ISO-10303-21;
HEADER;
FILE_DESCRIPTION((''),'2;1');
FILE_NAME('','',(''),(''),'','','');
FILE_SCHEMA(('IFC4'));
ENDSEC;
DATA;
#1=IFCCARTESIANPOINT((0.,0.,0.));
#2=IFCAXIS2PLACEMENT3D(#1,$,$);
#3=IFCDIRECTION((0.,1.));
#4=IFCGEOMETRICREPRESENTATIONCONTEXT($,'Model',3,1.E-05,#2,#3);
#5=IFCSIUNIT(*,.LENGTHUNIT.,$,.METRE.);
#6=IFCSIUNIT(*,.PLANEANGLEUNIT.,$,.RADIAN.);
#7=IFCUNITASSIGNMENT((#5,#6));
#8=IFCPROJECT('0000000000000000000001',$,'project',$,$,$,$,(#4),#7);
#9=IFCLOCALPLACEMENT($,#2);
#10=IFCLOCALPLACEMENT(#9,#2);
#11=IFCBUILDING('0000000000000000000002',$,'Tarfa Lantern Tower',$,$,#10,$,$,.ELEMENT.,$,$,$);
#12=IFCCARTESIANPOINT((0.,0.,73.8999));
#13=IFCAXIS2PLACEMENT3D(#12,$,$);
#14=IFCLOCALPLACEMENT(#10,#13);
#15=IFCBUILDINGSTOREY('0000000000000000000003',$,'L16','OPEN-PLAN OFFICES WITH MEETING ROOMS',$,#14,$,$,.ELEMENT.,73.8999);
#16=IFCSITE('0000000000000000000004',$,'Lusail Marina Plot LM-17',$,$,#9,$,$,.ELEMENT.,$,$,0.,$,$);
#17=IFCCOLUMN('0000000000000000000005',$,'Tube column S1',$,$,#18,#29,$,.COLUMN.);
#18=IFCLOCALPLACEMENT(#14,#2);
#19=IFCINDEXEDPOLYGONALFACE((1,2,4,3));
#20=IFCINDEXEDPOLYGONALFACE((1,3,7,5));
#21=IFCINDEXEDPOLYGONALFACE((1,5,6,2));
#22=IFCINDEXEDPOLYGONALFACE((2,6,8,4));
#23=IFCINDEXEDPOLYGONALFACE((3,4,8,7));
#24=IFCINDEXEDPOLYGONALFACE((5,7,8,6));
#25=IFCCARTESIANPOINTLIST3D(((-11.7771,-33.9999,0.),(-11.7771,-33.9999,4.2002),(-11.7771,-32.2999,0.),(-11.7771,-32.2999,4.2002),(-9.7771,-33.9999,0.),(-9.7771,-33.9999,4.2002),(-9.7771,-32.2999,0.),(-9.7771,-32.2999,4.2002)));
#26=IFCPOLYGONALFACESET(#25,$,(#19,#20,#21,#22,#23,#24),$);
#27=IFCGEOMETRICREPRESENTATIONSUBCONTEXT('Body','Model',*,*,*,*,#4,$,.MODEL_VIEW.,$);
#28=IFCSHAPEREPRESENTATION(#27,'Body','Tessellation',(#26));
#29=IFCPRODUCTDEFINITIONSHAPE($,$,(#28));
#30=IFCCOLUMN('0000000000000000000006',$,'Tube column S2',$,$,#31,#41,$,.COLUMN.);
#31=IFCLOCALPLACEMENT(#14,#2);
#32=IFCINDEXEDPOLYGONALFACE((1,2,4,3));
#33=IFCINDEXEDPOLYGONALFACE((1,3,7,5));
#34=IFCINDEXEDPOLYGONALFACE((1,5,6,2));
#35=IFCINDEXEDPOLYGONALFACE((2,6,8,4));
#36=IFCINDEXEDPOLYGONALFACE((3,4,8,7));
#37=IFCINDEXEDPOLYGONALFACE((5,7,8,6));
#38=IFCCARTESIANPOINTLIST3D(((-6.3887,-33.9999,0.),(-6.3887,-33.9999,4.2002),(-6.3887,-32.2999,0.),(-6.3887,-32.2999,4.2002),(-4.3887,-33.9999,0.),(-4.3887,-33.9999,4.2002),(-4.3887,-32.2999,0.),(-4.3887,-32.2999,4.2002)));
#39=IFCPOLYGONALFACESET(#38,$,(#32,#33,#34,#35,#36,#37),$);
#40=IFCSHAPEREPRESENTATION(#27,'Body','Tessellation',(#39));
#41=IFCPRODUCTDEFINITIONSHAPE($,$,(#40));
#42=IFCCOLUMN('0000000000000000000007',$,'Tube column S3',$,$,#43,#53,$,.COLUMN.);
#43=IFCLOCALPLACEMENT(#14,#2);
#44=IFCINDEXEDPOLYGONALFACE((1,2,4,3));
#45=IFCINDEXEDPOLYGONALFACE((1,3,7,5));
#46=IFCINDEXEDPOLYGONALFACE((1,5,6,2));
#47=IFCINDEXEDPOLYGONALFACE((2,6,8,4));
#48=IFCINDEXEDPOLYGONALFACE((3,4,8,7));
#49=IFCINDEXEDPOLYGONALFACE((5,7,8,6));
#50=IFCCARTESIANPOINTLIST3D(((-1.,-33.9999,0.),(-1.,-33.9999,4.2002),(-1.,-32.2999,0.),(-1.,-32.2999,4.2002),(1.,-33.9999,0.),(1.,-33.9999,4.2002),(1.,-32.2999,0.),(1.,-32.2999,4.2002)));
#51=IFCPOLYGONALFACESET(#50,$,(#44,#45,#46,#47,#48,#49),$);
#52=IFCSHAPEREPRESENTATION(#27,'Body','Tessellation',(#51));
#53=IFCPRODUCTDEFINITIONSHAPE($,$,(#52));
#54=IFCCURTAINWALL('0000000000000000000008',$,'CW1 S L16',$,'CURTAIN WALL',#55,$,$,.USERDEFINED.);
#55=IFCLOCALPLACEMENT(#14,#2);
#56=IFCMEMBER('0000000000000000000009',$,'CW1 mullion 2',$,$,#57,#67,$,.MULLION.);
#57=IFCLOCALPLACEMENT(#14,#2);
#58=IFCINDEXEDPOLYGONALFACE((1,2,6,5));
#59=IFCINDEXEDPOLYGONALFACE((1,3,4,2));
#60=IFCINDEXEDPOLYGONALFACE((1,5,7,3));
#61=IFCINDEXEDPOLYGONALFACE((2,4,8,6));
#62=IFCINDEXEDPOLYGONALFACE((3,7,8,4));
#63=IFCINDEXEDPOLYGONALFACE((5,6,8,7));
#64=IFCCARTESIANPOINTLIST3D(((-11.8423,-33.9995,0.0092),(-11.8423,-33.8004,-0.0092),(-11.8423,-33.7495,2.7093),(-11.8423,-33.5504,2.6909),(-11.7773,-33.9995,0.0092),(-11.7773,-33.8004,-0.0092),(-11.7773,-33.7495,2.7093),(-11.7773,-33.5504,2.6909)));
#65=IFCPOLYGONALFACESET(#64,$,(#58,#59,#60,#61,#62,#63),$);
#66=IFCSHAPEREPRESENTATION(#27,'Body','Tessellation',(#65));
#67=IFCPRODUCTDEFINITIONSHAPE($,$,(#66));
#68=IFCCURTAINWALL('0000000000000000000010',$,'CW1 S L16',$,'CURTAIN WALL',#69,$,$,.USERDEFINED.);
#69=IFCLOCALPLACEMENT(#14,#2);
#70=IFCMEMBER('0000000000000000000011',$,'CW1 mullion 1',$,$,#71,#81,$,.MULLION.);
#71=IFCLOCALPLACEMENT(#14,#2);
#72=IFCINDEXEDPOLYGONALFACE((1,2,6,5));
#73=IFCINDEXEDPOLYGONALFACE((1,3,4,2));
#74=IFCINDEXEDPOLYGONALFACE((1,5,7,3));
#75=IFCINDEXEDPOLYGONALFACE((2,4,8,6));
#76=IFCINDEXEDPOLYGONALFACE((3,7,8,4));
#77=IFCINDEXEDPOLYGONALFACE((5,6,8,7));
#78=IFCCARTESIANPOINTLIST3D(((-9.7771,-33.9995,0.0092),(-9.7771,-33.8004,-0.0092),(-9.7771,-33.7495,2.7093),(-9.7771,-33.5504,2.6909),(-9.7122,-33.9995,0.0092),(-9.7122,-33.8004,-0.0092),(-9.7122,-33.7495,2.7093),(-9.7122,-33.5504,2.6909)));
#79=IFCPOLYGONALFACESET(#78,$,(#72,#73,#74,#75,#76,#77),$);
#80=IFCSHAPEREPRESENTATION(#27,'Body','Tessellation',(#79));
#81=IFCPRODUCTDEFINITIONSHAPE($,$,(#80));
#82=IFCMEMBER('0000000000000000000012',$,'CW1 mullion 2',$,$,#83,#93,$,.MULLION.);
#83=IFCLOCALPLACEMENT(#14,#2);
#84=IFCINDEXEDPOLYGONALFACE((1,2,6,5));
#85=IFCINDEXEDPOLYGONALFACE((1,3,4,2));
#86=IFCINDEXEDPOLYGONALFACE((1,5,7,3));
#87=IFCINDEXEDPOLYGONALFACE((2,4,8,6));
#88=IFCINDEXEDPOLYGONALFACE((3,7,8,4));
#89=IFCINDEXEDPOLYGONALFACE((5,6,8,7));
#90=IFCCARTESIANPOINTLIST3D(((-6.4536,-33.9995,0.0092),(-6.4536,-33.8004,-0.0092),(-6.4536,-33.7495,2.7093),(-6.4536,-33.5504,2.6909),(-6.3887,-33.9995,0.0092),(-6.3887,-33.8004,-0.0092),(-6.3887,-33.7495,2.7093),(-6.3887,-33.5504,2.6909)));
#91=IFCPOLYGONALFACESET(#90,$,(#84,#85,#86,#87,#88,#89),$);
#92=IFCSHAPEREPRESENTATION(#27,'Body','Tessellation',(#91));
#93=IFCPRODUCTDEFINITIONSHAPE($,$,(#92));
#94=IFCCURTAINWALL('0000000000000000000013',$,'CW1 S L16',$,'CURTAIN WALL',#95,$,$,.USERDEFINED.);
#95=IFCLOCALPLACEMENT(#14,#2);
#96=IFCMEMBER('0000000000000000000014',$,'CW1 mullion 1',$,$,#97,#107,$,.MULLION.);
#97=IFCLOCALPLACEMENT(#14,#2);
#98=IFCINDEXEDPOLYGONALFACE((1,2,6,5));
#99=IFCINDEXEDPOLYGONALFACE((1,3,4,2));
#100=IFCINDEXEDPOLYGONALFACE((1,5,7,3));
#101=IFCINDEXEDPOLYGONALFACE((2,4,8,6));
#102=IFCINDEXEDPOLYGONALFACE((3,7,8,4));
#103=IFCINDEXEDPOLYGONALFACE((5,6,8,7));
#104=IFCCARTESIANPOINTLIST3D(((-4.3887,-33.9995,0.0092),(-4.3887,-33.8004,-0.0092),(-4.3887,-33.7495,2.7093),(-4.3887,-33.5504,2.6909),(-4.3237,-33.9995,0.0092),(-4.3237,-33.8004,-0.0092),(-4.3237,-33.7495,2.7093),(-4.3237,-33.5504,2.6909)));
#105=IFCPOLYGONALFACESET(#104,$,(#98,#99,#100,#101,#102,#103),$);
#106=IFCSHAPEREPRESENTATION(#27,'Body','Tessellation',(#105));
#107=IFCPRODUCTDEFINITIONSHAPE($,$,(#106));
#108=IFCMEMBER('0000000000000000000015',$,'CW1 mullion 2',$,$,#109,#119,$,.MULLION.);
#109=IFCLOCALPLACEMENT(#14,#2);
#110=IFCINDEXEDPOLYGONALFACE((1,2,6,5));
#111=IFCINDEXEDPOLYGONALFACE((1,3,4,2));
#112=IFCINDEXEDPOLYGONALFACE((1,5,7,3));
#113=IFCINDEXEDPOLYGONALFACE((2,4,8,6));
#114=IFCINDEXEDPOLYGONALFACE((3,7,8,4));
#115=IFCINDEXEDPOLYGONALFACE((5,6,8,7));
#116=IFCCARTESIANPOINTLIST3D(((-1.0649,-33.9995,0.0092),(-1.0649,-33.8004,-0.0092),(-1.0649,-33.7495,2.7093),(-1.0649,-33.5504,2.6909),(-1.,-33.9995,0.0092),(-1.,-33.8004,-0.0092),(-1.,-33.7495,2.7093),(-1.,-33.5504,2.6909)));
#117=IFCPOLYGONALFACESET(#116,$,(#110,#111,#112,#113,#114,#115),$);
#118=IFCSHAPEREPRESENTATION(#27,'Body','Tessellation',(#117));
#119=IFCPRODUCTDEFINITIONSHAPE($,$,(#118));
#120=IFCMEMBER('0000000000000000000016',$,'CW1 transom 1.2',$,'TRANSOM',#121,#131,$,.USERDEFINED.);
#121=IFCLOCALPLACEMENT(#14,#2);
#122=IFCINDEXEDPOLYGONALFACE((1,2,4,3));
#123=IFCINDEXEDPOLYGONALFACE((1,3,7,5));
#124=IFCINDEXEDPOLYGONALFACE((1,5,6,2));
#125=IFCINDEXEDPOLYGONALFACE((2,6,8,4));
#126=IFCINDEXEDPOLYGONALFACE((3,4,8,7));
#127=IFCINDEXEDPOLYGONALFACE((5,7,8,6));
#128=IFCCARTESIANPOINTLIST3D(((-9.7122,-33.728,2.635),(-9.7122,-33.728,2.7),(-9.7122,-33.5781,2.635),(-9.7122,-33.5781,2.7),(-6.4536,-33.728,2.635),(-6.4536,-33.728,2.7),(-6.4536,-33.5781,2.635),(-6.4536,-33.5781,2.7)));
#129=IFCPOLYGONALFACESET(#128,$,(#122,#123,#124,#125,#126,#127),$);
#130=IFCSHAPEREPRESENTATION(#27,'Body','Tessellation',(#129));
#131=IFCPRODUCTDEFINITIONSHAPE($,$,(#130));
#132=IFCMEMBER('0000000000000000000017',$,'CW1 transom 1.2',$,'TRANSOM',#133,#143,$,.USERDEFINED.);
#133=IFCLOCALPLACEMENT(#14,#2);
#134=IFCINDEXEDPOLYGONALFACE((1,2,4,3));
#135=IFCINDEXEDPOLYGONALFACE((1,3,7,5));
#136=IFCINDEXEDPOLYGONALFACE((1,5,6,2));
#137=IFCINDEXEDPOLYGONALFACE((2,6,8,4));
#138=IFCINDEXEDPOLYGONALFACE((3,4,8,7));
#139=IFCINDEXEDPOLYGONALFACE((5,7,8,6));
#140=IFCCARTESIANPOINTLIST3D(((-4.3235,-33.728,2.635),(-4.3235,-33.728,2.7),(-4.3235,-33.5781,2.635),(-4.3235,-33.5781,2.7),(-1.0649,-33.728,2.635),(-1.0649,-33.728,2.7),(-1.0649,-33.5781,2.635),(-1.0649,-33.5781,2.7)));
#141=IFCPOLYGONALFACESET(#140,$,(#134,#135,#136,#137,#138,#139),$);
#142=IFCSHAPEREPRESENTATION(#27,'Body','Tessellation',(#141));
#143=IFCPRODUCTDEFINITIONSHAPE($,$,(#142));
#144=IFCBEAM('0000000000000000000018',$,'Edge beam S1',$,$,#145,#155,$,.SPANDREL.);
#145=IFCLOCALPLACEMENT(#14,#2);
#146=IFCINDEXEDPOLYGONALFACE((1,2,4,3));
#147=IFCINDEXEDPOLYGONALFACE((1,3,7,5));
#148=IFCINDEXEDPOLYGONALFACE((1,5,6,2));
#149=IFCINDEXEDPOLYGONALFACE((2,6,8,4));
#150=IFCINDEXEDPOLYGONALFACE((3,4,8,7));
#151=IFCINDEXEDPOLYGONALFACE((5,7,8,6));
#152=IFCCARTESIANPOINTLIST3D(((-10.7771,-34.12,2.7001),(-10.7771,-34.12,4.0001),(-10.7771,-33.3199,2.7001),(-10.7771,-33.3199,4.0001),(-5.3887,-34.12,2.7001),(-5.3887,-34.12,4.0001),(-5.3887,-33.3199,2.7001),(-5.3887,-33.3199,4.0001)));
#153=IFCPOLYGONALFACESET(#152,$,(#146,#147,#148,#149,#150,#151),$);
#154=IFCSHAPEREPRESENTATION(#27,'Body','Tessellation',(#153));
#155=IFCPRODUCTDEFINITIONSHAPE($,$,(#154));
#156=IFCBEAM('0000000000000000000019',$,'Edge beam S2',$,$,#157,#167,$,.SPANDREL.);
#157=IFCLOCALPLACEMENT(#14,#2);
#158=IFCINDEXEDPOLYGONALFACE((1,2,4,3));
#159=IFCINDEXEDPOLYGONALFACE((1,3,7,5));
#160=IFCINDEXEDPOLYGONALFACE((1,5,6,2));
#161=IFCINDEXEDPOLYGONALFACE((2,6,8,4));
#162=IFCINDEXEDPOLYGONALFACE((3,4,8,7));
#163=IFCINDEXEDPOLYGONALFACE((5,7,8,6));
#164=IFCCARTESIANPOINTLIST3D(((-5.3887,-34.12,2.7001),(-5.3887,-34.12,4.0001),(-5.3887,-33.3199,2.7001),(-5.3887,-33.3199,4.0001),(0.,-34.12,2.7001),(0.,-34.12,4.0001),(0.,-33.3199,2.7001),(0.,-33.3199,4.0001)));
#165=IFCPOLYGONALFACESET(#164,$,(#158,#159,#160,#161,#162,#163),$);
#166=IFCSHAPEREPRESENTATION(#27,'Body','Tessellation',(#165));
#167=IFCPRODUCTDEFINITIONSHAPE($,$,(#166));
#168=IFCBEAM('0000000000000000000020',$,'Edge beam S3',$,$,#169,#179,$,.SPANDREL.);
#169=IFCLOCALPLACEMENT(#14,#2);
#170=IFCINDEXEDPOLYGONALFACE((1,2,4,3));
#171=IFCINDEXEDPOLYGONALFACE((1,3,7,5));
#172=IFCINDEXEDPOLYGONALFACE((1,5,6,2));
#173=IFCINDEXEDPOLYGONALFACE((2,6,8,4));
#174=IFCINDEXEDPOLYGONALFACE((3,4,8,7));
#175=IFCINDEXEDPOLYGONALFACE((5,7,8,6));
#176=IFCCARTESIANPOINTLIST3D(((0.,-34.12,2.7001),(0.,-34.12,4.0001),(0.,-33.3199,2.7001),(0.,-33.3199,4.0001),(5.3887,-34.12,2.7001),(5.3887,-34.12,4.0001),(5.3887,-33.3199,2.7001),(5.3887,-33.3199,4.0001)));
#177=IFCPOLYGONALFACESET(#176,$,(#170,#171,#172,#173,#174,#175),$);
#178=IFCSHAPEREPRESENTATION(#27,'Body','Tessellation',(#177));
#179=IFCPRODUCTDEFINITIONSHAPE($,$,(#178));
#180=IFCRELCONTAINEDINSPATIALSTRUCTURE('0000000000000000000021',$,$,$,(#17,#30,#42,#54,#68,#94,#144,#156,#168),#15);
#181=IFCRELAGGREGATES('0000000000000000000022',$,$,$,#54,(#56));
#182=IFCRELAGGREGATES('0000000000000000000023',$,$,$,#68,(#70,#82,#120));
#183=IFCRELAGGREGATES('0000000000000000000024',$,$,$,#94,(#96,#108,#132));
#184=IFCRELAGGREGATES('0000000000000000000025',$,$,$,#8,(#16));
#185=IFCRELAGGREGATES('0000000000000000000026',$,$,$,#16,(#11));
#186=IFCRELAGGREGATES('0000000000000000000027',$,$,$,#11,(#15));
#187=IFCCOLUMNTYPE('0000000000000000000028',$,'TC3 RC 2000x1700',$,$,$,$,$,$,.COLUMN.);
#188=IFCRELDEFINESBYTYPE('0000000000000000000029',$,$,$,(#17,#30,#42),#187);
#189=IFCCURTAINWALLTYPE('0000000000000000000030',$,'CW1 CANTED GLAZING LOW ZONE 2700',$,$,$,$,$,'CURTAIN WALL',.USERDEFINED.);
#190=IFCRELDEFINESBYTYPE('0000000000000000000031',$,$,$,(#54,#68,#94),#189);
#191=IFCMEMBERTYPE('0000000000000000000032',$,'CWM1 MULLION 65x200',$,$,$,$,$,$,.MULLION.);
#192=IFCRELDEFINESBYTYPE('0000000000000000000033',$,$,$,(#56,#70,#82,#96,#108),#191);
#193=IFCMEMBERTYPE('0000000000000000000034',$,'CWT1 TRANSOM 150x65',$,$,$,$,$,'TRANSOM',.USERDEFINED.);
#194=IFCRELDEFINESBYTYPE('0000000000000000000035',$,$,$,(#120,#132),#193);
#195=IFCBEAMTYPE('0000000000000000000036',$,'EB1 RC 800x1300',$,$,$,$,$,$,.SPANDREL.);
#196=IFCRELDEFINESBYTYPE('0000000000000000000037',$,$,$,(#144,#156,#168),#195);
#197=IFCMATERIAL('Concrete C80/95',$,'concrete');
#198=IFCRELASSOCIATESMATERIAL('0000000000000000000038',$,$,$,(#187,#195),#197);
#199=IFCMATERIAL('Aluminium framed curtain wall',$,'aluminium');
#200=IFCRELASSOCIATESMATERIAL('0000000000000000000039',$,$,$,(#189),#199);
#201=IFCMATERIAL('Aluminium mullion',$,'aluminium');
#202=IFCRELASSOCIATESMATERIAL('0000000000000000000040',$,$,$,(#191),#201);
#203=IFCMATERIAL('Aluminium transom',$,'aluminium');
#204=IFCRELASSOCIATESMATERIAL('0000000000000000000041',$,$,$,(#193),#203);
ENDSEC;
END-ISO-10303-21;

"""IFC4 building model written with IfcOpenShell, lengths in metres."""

from ifc_helpers import new_model, si_unit, direction, frame, origin, origin_2d, place, context, subcontext, project, spatial, rectangle, extrude, material, material_profile, profile_set, type_object, element, aggregate, save


model = new_model("IFC4")

# Units and contexts
model_context = context("Model", 3, precision=1e-05, world=origin(), true_north=direction((0.0, 1.0)))
body_context = subcontext(model_context, "Body", "Model", "MODEL_VIEW")
ifc_project = project(units=[si_unit("LENGTHUNIT", "METRE"), si_unit("PLANEANGLEUNIT", "RADIAN")], contexts=[model_context])

# Site, building, storey
site_placement = place(None, origin())
site = spatial("IfcSite", under=ifc_project, at=site_placement, Name="Lusail Marina Plot LM-17", CompositionType="ELEMENT", RefElevation=0.0)
building_placement = place(site_placement, origin())
building = spatial("IfcBuilding", under=site, at=building_placement, Name="Tarfa Lantern Tower", CompositionType="ELEMENT")
storey_placement = place(building_placement, frame((0.0, 0.0, 73.8999)))
storey = spatial("IfcBuildingStorey", under=building, at=storey_placement, Name="L16", Description="OPEN-PLAN OFFICES WITH MEETING ROOMS", CompositionType="ELEMENT", Elevation=73.8999)

# Columns
ifc_material_1 = material(Name="Concrete C80/95", Category="concrete")
ifc_material_profile_1 = material_profile(ifc_material_1, rectangle(XDim=2.0, YDim=1.7, at=origin_2d()), Name="RC 2000x1700")
ifc_profile_set_1 = profile_set([ifc_material_profile_1], Name="Concrete C80/95")
column_type = type_object("IfcColumnType", Name="TC3 RC 2000x1700", PredefinedType="COLUMN", material=ifc_profile_set_1)
for number, where, z_axis, x_axis, name in (
    (1, (-10.7771, -33.1499, 0.0), (0.0, 0.0, 1.0), (1.0, 0.0, 0.0), "Tube column S1"),
    (2, (-5.3887, -33.1499, 0.0), (0.0, 0.0, 1.0), (1.0, 0.0, 0.0), "Tube column S2"),
    (3, (0.0, -33.1499, 0.0), (0.0, 0.0, 1.0), (1.0, 0.0, 0.0), "Tube column S3"),
):
    element("IfcColumn", number, at=place(storey_placement, frame(where, z_axis=z_axis, x_axis=x_axis)), inside=storey, type_object=column_type, Name=name, PredefinedType="COLUMN", context=body_context, shape_type="SweptSolid", body=[
        extrude(rectangle(XDim=2.0, YDim=1.7, at=origin_2d()), origin(), (0.0, 0.0, 1.0), 4.2002),
    ])

# Curtain wall, member
ifc_material_2 = material(Name="Aluminium framed curtain wall", Category="aluminium")
curtain_wall_type = type_object("IfcCurtainWallType", Name="CW1 CANTED GLAZING LOW ZONE 2700", ElementType="CURTAIN WALL", PredefinedType="USERDEFINED", material=ifc_material_2)
curtain_wall_1_placement = place(storey_placement, origin())
curtain_wall_1 = element("IfcCurtainWall", 4, at=curtain_wall_1_placement, inside=storey, type_object=curtain_wall_type, Name="CW1 S L16", ObjectType="CURTAIN WALL", PredefinedType="USERDEFINED")
ifc_material_3 = material(Name="Aluminium mullion", Category="aluminium")
ifc_material_profile_2 = material_profile(ifc_material_3, rectangle(XDim=0.0649, YDim=0.2, at=origin_2d()), Name="AL MULLION 65x200")
ifc_profile_set_2 = profile_set([ifc_material_profile_2], Name="Aluminium mullion")
member_type_1 = type_object("IfcMemberType", Name="CWM1 MULLION 65x200", PredefinedType="MULLION", material=ifc_profile_set_2)
member_1_placement = place(storey_placement, frame((-11.8098, -33.8999, 0.0), z_axis=(0.0, 0.092192, 0.995741), x_axis=(-1.0, 0.0, 0.0)))
member_1 = element("IfcMember", 5, at=member_1_placement, type_object=member_type_1, Name="CW1 mullion 2", PredefinedType="MULLION", context=body_context, shape_type="SweptSolid", body=[
    extrude(rectangle(XDim=0.0649, YDim=0.2, at=origin_2d()), origin(), (0.0, 0.0, 1.0), 2.7117),
])
aggregate(curtain_wall_1, [member_1])

# Curtain walls, members
curtain_wall_2_placement = place(storey_placement, origin())
curtain_wall_2 = element("IfcCurtainWall", 6, at=curtain_wall_2_placement, inside=storey, type_object=curtain_wall_type, Name="CW1 S L16", ObjectType="CURTAIN WALL", PredefinedType="USERDEFINED")
member_2_placement = place(storey_placement, frame((-9.7446, -33.8999, 0.0), z_axis=(0.0, 0.092192, 0.995741), x_axis=(-1.0, 0.0, 0.0)))
member_2 = element("IfcMember", 7, at=member_2_placement, type_object=member_type_1, Name="CW1 mullion 1", PredefinedType="MULLION", context=body_context, shape_type="SweptSolid", body=[
    extrude(rectangle(XDim=0.0649, YDim=0.2, at=origin_2d()), origin(), (0.0, 0.0, 1.0), 2.7117),
])
member_3_placement = place(storey_placement, frame((-6.4211, -33.8999, 0.0), z_axis=(0.0, 0.092192, 0.995741), x_axis=(-1.0, 0.0, 0.0)))
member_3 = element("IfcMember", 8, at=member_3_placement, type_object=member_type_1, Name="CW1 mullion 2", PredefinedType="MULLION", context=body_context, shape_type="SweptSolid", body=[
    extrude(rectangle(XDim=0.0649, YDim=0.2, at=origin_2d()), origin(), (0.0, 0.0, 1.0), 2.7117),
])
curtain_wall_3_placement = place(storey_placement, origin())
curtain_wall_3 = element("IfcCurtainWall", 9, at=curtain_wall_3_placement, inside=storey, type_object=curtain_wall_type, Name="CW1 S L16", ObjectType="CURTAIN WALL", PredefinedType="USERDEFINED")
member_4_placement = place(storey_placement, frame((-4.3562, -33.8999, 0.0), z_axis=(0.0, 0.092192, 0.995741), x_axis=(-1.0, 0.0, 0.0)))
member_4 = element("IfcMember", 10, at=member_4_placement, type_object=member_type_1, Name="CW1 mullion 1", PredefinedType="MULLION", context=body_context, shape_type="SweptSolid", body=[
    extrude(rectangle(XDim=0.0649, YDim=0.2, at=origin_2d()), origin(), (0.0, 0.0, 1.0), 2.7117),
])
member_5_placement = place(storey_placement, frame((-1.0325, -33.8999, 0.0), z_axis=(0.0, 0.092192, 0.995741), x_axis=(-1.0, 0.0, 0.0)))
member_5 = element("IfcMember", 11, at=member_5_placement, type_object=member_type_1, Name="CW1 mullion 2", PredefinedType="MULLION", context=body_context, shape_type="SweptSolid", body=[
    extrude(rectangle(XDim=0.0649, YDim=0.2, at=origin_2d()), origin(), (0.0, 0.0, 1.0), 2.7117),
])

# Members
ifc_material_4 = material(Name="Aluminium transom", Category="aluminium")
ifc_material_profile_3 = material_profile(ifc_material_4, rectangle(XDim=0.1499, YDim=0.0649, at=origin_2d()), Name="AL TRANSOM 150x65")
ifc_profile_set_3 = profile_set([ifc_material_profile_3], Name="Aluminium transom")
member_type_2 = type_object("IfcMemberType", Name="CWT1 TRANSOM 150x65", ElementType="TRANSOM", PredefinedType="USERDEFINED", material=ifc_profile_set_3)
member_6_placement = place(storey_placement, frame((-9.7122, -33.6531, 2.6675), z_axis=(1.0, 0.0, 0.0), x_axis=(0.0, 1.0, 0.0)))
member_6 = element("IfcMember", 12, at=member_6_placement, type_object=member_type_2, Name="CW1 transom 1.2", ObjectType="TRANSOM", PredefinedType="USERDEFINED", context=body_context, shape_type="SweptSolid", body=[
    extrude(rectangle(XDim=0.1499, YDim=0.0649, at=origin_2d()), origin(), (0.0, 0.0, 1.0), 3.2585),
])
member_7_placement = place(storey_placement, frame((-4.3235, -33.6531, 2.6675), z_axis=(1.0, 0.0, 0.0), x_axis=(0.0, 1.0, 0.0)))
member_7 = element("IfcMember", 13, at=member_7_placement, type_object=member_type_2, Name="CW1 transom 1.2", ObjectType="TRANSOM", PredefinedType="USERDEFINED", context=body_context, shape_type="SweptSolid", body=[
    extrude(rectangle(XDim=0.1499, YDim=0.0649, at=origin_2d()), origin(), (0.0, 0.0, 1.0), 3.2585),
])

# Beams
ifc_material_profile_4 = material_profile(ifc_material_1, rectangle(XDim=0.8, YDim=1.3, at=origin_2d()), Name="RC 800x1300")
ifc_profile_set_4 = profile_set([ifc_material_profile_4], Name="Concrete C80/95")
beam_type_1 = type_object("IfcBeamType", Name="EB1 RC 800x1300", PredefinedType="SPANDREL", material=ifc_profile_set_4)
beam_placement = place(storey_placement, frame((-10.7771, -33.72, 3.3501), z_axis=(1.0, 0.0, 0.0), x_axis=(0.0, 1.0, 0.0)))
element("IfcBeam", 14, at=beam_placement, inside=storey, type_object=beam_type_1, Name="Edge beam S1", PredefinedType="SPANDREL", context=body_context, shape_type="SweptSolid", body=[
    extrude(rectangle(XDim=0.8, YDim=1.3, at=origin_2d()), origin(), (0.0, 0.0, 1.0), 5.3884),
])
for number, where, z_axis, x_axis, name in (
    (15, (-5.3887, -33.72, 3.3501), (1.0, 0.0, 0.0), (0.0, 1.0, 0.0), "Edge beam S2"),
    (16, (0.0, -33.72, 3.3501), (1.0, 0.0, 0.0), (0.0, 1.0, 0.0), "Edge beam S3"),
):
    element("IfcBeam", number, at=place(storey_placement, frame(where, z_axis=z_axis, x_axis=x_axis)), inside=storey, type_object=beam_type_1, Name=name, PredefinedType="SPANDREL", context=body_context, shape_type="SweptSolid", body=[
        extrude(rectangle(XDim=0.8, YDim=1.3, at=origin_2d()), origin(), (0.0, 0.0, 1.0), 5.3887),
    ])

aggregate(curtain_wall_2, [member_2, member_3, member_6])
aggregate(curtain_wall_3, [member_4, member_5, member_7])

save(model, "model.ifc")
